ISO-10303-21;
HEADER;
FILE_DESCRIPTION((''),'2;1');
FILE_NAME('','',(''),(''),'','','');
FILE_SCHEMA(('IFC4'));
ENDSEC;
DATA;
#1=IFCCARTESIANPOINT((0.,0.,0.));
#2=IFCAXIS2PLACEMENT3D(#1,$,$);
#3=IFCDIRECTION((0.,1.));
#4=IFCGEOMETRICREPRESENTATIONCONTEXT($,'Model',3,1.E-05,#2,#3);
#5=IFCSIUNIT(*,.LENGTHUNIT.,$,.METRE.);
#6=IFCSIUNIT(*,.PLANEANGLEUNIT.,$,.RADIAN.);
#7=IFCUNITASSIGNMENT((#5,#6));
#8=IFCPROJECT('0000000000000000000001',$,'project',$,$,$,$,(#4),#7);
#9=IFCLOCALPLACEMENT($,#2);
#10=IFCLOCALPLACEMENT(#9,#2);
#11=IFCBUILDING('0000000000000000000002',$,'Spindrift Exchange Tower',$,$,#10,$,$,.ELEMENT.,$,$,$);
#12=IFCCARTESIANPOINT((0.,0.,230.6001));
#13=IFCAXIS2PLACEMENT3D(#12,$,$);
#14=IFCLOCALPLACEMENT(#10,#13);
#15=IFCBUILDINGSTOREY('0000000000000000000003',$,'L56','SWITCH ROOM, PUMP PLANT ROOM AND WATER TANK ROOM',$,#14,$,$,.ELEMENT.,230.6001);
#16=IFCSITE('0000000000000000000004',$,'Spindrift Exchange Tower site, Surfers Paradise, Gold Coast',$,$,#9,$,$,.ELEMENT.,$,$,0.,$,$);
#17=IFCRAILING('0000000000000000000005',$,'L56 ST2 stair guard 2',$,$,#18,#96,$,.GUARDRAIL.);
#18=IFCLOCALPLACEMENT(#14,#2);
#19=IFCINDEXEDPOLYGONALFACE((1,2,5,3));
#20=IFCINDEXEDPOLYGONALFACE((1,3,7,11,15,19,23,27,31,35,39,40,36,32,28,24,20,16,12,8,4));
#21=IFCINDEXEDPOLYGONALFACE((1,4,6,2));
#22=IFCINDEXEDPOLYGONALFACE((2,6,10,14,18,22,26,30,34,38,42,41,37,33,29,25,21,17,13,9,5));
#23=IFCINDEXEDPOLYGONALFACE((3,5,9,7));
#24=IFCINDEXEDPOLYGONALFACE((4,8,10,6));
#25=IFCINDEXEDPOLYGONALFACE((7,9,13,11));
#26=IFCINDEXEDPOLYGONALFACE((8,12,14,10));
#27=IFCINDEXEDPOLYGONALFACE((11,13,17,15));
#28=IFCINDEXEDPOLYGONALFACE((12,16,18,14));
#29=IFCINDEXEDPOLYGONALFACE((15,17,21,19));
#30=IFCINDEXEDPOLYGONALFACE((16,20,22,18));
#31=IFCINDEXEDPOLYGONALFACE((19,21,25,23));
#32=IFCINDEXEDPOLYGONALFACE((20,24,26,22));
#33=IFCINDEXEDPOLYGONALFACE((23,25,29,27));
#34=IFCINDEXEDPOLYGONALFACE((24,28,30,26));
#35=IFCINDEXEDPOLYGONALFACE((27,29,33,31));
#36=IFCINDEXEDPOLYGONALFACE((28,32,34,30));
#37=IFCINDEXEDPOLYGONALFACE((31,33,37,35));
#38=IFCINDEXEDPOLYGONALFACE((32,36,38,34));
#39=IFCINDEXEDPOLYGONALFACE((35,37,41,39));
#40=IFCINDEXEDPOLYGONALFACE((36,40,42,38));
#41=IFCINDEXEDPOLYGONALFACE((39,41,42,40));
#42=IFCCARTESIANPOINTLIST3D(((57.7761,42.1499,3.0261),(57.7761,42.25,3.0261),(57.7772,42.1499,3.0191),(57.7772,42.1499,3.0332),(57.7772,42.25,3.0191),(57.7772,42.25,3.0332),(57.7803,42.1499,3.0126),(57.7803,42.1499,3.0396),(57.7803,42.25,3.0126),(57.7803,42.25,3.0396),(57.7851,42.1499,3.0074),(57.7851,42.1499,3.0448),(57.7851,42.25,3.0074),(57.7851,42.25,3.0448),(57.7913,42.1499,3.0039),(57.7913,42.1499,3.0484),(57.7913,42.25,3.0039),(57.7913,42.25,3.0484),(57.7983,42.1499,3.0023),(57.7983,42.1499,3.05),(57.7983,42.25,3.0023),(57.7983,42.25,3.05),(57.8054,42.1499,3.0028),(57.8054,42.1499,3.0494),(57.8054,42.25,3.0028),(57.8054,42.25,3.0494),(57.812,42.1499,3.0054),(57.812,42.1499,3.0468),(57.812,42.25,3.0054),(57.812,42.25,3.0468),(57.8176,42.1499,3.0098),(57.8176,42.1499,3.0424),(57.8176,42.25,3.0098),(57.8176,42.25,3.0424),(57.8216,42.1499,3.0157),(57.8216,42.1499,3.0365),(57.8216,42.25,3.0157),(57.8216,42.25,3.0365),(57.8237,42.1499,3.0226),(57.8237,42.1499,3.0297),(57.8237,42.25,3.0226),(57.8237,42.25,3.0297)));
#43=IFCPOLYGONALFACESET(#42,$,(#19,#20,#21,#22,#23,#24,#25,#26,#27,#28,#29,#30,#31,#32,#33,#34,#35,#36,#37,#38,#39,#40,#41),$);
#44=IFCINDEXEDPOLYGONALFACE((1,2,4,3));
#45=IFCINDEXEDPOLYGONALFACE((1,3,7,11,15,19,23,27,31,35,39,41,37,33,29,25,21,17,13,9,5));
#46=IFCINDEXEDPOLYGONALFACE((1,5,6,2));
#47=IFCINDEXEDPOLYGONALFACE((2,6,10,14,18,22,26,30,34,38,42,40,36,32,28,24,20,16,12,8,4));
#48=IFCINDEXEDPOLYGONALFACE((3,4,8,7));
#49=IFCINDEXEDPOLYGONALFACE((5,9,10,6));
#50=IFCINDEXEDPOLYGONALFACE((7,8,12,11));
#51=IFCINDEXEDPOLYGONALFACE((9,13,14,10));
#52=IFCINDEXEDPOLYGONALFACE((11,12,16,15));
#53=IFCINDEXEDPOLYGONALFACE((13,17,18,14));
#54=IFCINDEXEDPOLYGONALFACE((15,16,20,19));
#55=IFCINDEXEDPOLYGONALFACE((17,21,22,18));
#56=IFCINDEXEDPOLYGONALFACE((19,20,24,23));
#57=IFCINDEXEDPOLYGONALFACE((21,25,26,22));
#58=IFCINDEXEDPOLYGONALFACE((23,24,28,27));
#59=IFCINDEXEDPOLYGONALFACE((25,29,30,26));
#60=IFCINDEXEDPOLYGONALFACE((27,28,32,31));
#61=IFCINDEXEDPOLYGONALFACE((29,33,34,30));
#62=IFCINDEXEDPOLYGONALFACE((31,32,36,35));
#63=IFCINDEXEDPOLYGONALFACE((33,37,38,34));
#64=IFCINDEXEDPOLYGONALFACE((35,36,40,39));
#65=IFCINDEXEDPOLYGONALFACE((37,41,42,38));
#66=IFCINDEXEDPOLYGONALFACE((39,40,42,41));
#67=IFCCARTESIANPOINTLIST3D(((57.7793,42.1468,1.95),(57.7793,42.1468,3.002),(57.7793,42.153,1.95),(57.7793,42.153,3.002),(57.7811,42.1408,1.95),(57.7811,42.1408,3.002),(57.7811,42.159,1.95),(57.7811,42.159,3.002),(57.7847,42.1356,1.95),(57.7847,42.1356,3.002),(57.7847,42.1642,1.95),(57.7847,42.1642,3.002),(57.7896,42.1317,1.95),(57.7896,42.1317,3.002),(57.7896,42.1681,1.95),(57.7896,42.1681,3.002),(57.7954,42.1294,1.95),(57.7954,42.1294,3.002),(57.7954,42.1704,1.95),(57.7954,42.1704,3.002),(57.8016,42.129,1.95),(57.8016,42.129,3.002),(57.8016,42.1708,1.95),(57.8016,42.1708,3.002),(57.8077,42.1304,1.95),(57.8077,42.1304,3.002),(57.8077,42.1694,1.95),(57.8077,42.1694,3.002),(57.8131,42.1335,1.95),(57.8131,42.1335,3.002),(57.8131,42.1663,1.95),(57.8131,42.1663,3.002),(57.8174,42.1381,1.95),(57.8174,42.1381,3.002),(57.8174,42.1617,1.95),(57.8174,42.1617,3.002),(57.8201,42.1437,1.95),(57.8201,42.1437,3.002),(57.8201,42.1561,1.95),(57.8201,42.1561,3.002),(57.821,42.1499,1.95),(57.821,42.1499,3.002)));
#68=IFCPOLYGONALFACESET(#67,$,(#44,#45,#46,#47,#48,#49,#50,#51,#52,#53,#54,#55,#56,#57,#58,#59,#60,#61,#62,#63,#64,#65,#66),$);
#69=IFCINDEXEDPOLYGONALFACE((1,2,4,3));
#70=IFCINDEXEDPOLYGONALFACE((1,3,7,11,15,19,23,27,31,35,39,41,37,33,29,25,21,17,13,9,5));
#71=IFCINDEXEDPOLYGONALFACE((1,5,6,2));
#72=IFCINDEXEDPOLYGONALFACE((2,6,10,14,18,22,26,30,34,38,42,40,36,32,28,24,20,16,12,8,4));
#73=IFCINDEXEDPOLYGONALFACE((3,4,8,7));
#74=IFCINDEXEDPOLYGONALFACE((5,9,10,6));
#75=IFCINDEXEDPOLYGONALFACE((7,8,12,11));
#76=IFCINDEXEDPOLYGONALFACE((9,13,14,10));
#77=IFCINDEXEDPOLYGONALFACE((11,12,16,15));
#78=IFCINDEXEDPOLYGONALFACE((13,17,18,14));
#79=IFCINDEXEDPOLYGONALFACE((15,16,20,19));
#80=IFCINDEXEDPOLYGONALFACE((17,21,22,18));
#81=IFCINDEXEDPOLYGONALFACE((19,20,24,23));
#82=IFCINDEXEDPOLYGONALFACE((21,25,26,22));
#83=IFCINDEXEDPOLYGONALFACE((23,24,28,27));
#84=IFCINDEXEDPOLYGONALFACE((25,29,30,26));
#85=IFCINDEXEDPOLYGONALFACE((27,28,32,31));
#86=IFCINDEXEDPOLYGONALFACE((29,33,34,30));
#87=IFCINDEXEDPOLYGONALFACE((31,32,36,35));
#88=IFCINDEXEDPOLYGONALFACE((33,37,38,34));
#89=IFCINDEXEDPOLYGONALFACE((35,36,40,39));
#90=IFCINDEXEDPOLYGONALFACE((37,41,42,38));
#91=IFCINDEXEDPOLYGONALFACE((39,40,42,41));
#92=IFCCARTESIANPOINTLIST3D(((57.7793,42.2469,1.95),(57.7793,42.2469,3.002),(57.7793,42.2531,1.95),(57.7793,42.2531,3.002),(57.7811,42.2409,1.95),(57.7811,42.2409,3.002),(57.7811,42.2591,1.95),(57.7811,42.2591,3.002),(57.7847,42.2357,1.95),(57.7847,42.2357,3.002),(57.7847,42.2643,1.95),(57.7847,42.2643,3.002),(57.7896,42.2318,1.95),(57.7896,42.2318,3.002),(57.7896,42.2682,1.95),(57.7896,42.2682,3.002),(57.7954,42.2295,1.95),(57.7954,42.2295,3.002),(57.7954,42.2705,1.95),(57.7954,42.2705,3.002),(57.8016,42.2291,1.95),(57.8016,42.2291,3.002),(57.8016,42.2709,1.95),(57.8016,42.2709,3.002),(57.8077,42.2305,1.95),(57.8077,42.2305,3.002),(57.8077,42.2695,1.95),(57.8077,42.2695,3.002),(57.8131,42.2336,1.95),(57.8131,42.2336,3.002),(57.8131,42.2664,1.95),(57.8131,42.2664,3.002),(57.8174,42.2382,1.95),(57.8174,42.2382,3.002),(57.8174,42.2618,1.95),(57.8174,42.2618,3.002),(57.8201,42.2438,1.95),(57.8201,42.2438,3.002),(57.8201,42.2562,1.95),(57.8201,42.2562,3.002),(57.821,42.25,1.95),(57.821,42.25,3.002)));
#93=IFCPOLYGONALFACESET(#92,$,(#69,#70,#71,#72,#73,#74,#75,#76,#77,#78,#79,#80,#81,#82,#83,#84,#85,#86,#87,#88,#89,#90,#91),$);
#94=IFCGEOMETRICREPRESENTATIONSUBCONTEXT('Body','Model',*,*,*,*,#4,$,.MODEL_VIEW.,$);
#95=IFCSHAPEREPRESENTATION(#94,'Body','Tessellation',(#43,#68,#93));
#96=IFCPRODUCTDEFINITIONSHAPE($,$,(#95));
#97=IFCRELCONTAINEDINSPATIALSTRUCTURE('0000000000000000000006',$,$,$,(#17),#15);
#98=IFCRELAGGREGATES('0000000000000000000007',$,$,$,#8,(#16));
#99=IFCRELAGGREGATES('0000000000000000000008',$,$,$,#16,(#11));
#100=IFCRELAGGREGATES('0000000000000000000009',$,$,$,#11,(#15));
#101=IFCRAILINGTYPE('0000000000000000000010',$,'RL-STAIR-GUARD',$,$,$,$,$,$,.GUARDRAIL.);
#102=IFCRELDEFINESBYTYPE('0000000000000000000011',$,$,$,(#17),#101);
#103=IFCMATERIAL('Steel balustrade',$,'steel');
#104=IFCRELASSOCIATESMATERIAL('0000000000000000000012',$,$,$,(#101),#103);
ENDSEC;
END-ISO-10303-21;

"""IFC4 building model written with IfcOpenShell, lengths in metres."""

from ifc_helpers import new_model, si_unit, direction, frame, origin, origin_2d, place, context, subcontext, project, spatial, circle, extrude, material, type_object, element, save


model = new_model("IFC4")

# Units and contexts
model_context = context("Model", 3, precision=1e-05, world=origin(), true_north=direction((0.0, 1.0)))
body_context = subcontext(model_context, "Body", "Model", "MODEL_VIEW")
ifc_project = project(units=[si_unit("LENGTHUNIT", "METRE"), si_unit("PLANEANGLEUNIT", "RADIAN")], contexts=[model_context])

# Site, building, storey
site_placement = place(None, origin())
site = spatial("IfcSite", under=ifc_project, at=site_placement, Name="Spindrift Exchange Tower site, Surfers Paradise, Gold Coast", CompositionType="ELEMENT", RefElevation=0.0)
building_placement = place(site_placement, origin())
building = spatial("IfcBuilding", under=site, at=building_placement, Name="Spindrift Exchange Tower", CompositionType="ELEMENT")
storey_placement = place(building_placement, frame((0.0, 0.0, 230.6001)))
storey = spatial("IfcBuildingStorey", under=building, at=storey_placement, Name="L56", Description="SWITCH ROOM, PUMP PLANT ROOM AND WATER TANK ROOM", CompositionType="ELEMENT", Elevation=230.6001)

# Railing
ifc_material_1 = material(Name="Steel balustrade", Category="steel")
railing_type_1 = type_object("IfcRailingType", Name="RL-STAIR-GUARD", PredefinedType="GUARDRAIL", material=ifc_material_1)
railing_1_placement = place(storey_placement, frame((57.8, 42.1499, 1.95)))
element("IfcRailing", 1, at=railing_1_placement, inside=storey, type_object=railing_type_1, Name="L56 ST2 stair guard 2", PredefinedType="GUARDRAIL", context=body_context, shape_type="SweptSolid", body=[
    extrude(circle(Radius=0.0239, at=origin_2d()), frame((0.0, 0.0, 1.0762), z_axis=(0.0, 1.0, 0.0), x_axis=(-1.0, 0.0, 0.0)), (0.0, 0.0, 1.0), 0.1001),
    extrude(circle(Radius=0.021, at=origin_2d()), origin(), (0.0, 0.0, 1.0), 1.052),
    extrude(circle(Radius=0.021, at=origin_2d()), frame((0.0, 0.1001, 0.0)), (0.0, 0.0, 1.0), 1.052),
])

save(model, "model.ifc")
